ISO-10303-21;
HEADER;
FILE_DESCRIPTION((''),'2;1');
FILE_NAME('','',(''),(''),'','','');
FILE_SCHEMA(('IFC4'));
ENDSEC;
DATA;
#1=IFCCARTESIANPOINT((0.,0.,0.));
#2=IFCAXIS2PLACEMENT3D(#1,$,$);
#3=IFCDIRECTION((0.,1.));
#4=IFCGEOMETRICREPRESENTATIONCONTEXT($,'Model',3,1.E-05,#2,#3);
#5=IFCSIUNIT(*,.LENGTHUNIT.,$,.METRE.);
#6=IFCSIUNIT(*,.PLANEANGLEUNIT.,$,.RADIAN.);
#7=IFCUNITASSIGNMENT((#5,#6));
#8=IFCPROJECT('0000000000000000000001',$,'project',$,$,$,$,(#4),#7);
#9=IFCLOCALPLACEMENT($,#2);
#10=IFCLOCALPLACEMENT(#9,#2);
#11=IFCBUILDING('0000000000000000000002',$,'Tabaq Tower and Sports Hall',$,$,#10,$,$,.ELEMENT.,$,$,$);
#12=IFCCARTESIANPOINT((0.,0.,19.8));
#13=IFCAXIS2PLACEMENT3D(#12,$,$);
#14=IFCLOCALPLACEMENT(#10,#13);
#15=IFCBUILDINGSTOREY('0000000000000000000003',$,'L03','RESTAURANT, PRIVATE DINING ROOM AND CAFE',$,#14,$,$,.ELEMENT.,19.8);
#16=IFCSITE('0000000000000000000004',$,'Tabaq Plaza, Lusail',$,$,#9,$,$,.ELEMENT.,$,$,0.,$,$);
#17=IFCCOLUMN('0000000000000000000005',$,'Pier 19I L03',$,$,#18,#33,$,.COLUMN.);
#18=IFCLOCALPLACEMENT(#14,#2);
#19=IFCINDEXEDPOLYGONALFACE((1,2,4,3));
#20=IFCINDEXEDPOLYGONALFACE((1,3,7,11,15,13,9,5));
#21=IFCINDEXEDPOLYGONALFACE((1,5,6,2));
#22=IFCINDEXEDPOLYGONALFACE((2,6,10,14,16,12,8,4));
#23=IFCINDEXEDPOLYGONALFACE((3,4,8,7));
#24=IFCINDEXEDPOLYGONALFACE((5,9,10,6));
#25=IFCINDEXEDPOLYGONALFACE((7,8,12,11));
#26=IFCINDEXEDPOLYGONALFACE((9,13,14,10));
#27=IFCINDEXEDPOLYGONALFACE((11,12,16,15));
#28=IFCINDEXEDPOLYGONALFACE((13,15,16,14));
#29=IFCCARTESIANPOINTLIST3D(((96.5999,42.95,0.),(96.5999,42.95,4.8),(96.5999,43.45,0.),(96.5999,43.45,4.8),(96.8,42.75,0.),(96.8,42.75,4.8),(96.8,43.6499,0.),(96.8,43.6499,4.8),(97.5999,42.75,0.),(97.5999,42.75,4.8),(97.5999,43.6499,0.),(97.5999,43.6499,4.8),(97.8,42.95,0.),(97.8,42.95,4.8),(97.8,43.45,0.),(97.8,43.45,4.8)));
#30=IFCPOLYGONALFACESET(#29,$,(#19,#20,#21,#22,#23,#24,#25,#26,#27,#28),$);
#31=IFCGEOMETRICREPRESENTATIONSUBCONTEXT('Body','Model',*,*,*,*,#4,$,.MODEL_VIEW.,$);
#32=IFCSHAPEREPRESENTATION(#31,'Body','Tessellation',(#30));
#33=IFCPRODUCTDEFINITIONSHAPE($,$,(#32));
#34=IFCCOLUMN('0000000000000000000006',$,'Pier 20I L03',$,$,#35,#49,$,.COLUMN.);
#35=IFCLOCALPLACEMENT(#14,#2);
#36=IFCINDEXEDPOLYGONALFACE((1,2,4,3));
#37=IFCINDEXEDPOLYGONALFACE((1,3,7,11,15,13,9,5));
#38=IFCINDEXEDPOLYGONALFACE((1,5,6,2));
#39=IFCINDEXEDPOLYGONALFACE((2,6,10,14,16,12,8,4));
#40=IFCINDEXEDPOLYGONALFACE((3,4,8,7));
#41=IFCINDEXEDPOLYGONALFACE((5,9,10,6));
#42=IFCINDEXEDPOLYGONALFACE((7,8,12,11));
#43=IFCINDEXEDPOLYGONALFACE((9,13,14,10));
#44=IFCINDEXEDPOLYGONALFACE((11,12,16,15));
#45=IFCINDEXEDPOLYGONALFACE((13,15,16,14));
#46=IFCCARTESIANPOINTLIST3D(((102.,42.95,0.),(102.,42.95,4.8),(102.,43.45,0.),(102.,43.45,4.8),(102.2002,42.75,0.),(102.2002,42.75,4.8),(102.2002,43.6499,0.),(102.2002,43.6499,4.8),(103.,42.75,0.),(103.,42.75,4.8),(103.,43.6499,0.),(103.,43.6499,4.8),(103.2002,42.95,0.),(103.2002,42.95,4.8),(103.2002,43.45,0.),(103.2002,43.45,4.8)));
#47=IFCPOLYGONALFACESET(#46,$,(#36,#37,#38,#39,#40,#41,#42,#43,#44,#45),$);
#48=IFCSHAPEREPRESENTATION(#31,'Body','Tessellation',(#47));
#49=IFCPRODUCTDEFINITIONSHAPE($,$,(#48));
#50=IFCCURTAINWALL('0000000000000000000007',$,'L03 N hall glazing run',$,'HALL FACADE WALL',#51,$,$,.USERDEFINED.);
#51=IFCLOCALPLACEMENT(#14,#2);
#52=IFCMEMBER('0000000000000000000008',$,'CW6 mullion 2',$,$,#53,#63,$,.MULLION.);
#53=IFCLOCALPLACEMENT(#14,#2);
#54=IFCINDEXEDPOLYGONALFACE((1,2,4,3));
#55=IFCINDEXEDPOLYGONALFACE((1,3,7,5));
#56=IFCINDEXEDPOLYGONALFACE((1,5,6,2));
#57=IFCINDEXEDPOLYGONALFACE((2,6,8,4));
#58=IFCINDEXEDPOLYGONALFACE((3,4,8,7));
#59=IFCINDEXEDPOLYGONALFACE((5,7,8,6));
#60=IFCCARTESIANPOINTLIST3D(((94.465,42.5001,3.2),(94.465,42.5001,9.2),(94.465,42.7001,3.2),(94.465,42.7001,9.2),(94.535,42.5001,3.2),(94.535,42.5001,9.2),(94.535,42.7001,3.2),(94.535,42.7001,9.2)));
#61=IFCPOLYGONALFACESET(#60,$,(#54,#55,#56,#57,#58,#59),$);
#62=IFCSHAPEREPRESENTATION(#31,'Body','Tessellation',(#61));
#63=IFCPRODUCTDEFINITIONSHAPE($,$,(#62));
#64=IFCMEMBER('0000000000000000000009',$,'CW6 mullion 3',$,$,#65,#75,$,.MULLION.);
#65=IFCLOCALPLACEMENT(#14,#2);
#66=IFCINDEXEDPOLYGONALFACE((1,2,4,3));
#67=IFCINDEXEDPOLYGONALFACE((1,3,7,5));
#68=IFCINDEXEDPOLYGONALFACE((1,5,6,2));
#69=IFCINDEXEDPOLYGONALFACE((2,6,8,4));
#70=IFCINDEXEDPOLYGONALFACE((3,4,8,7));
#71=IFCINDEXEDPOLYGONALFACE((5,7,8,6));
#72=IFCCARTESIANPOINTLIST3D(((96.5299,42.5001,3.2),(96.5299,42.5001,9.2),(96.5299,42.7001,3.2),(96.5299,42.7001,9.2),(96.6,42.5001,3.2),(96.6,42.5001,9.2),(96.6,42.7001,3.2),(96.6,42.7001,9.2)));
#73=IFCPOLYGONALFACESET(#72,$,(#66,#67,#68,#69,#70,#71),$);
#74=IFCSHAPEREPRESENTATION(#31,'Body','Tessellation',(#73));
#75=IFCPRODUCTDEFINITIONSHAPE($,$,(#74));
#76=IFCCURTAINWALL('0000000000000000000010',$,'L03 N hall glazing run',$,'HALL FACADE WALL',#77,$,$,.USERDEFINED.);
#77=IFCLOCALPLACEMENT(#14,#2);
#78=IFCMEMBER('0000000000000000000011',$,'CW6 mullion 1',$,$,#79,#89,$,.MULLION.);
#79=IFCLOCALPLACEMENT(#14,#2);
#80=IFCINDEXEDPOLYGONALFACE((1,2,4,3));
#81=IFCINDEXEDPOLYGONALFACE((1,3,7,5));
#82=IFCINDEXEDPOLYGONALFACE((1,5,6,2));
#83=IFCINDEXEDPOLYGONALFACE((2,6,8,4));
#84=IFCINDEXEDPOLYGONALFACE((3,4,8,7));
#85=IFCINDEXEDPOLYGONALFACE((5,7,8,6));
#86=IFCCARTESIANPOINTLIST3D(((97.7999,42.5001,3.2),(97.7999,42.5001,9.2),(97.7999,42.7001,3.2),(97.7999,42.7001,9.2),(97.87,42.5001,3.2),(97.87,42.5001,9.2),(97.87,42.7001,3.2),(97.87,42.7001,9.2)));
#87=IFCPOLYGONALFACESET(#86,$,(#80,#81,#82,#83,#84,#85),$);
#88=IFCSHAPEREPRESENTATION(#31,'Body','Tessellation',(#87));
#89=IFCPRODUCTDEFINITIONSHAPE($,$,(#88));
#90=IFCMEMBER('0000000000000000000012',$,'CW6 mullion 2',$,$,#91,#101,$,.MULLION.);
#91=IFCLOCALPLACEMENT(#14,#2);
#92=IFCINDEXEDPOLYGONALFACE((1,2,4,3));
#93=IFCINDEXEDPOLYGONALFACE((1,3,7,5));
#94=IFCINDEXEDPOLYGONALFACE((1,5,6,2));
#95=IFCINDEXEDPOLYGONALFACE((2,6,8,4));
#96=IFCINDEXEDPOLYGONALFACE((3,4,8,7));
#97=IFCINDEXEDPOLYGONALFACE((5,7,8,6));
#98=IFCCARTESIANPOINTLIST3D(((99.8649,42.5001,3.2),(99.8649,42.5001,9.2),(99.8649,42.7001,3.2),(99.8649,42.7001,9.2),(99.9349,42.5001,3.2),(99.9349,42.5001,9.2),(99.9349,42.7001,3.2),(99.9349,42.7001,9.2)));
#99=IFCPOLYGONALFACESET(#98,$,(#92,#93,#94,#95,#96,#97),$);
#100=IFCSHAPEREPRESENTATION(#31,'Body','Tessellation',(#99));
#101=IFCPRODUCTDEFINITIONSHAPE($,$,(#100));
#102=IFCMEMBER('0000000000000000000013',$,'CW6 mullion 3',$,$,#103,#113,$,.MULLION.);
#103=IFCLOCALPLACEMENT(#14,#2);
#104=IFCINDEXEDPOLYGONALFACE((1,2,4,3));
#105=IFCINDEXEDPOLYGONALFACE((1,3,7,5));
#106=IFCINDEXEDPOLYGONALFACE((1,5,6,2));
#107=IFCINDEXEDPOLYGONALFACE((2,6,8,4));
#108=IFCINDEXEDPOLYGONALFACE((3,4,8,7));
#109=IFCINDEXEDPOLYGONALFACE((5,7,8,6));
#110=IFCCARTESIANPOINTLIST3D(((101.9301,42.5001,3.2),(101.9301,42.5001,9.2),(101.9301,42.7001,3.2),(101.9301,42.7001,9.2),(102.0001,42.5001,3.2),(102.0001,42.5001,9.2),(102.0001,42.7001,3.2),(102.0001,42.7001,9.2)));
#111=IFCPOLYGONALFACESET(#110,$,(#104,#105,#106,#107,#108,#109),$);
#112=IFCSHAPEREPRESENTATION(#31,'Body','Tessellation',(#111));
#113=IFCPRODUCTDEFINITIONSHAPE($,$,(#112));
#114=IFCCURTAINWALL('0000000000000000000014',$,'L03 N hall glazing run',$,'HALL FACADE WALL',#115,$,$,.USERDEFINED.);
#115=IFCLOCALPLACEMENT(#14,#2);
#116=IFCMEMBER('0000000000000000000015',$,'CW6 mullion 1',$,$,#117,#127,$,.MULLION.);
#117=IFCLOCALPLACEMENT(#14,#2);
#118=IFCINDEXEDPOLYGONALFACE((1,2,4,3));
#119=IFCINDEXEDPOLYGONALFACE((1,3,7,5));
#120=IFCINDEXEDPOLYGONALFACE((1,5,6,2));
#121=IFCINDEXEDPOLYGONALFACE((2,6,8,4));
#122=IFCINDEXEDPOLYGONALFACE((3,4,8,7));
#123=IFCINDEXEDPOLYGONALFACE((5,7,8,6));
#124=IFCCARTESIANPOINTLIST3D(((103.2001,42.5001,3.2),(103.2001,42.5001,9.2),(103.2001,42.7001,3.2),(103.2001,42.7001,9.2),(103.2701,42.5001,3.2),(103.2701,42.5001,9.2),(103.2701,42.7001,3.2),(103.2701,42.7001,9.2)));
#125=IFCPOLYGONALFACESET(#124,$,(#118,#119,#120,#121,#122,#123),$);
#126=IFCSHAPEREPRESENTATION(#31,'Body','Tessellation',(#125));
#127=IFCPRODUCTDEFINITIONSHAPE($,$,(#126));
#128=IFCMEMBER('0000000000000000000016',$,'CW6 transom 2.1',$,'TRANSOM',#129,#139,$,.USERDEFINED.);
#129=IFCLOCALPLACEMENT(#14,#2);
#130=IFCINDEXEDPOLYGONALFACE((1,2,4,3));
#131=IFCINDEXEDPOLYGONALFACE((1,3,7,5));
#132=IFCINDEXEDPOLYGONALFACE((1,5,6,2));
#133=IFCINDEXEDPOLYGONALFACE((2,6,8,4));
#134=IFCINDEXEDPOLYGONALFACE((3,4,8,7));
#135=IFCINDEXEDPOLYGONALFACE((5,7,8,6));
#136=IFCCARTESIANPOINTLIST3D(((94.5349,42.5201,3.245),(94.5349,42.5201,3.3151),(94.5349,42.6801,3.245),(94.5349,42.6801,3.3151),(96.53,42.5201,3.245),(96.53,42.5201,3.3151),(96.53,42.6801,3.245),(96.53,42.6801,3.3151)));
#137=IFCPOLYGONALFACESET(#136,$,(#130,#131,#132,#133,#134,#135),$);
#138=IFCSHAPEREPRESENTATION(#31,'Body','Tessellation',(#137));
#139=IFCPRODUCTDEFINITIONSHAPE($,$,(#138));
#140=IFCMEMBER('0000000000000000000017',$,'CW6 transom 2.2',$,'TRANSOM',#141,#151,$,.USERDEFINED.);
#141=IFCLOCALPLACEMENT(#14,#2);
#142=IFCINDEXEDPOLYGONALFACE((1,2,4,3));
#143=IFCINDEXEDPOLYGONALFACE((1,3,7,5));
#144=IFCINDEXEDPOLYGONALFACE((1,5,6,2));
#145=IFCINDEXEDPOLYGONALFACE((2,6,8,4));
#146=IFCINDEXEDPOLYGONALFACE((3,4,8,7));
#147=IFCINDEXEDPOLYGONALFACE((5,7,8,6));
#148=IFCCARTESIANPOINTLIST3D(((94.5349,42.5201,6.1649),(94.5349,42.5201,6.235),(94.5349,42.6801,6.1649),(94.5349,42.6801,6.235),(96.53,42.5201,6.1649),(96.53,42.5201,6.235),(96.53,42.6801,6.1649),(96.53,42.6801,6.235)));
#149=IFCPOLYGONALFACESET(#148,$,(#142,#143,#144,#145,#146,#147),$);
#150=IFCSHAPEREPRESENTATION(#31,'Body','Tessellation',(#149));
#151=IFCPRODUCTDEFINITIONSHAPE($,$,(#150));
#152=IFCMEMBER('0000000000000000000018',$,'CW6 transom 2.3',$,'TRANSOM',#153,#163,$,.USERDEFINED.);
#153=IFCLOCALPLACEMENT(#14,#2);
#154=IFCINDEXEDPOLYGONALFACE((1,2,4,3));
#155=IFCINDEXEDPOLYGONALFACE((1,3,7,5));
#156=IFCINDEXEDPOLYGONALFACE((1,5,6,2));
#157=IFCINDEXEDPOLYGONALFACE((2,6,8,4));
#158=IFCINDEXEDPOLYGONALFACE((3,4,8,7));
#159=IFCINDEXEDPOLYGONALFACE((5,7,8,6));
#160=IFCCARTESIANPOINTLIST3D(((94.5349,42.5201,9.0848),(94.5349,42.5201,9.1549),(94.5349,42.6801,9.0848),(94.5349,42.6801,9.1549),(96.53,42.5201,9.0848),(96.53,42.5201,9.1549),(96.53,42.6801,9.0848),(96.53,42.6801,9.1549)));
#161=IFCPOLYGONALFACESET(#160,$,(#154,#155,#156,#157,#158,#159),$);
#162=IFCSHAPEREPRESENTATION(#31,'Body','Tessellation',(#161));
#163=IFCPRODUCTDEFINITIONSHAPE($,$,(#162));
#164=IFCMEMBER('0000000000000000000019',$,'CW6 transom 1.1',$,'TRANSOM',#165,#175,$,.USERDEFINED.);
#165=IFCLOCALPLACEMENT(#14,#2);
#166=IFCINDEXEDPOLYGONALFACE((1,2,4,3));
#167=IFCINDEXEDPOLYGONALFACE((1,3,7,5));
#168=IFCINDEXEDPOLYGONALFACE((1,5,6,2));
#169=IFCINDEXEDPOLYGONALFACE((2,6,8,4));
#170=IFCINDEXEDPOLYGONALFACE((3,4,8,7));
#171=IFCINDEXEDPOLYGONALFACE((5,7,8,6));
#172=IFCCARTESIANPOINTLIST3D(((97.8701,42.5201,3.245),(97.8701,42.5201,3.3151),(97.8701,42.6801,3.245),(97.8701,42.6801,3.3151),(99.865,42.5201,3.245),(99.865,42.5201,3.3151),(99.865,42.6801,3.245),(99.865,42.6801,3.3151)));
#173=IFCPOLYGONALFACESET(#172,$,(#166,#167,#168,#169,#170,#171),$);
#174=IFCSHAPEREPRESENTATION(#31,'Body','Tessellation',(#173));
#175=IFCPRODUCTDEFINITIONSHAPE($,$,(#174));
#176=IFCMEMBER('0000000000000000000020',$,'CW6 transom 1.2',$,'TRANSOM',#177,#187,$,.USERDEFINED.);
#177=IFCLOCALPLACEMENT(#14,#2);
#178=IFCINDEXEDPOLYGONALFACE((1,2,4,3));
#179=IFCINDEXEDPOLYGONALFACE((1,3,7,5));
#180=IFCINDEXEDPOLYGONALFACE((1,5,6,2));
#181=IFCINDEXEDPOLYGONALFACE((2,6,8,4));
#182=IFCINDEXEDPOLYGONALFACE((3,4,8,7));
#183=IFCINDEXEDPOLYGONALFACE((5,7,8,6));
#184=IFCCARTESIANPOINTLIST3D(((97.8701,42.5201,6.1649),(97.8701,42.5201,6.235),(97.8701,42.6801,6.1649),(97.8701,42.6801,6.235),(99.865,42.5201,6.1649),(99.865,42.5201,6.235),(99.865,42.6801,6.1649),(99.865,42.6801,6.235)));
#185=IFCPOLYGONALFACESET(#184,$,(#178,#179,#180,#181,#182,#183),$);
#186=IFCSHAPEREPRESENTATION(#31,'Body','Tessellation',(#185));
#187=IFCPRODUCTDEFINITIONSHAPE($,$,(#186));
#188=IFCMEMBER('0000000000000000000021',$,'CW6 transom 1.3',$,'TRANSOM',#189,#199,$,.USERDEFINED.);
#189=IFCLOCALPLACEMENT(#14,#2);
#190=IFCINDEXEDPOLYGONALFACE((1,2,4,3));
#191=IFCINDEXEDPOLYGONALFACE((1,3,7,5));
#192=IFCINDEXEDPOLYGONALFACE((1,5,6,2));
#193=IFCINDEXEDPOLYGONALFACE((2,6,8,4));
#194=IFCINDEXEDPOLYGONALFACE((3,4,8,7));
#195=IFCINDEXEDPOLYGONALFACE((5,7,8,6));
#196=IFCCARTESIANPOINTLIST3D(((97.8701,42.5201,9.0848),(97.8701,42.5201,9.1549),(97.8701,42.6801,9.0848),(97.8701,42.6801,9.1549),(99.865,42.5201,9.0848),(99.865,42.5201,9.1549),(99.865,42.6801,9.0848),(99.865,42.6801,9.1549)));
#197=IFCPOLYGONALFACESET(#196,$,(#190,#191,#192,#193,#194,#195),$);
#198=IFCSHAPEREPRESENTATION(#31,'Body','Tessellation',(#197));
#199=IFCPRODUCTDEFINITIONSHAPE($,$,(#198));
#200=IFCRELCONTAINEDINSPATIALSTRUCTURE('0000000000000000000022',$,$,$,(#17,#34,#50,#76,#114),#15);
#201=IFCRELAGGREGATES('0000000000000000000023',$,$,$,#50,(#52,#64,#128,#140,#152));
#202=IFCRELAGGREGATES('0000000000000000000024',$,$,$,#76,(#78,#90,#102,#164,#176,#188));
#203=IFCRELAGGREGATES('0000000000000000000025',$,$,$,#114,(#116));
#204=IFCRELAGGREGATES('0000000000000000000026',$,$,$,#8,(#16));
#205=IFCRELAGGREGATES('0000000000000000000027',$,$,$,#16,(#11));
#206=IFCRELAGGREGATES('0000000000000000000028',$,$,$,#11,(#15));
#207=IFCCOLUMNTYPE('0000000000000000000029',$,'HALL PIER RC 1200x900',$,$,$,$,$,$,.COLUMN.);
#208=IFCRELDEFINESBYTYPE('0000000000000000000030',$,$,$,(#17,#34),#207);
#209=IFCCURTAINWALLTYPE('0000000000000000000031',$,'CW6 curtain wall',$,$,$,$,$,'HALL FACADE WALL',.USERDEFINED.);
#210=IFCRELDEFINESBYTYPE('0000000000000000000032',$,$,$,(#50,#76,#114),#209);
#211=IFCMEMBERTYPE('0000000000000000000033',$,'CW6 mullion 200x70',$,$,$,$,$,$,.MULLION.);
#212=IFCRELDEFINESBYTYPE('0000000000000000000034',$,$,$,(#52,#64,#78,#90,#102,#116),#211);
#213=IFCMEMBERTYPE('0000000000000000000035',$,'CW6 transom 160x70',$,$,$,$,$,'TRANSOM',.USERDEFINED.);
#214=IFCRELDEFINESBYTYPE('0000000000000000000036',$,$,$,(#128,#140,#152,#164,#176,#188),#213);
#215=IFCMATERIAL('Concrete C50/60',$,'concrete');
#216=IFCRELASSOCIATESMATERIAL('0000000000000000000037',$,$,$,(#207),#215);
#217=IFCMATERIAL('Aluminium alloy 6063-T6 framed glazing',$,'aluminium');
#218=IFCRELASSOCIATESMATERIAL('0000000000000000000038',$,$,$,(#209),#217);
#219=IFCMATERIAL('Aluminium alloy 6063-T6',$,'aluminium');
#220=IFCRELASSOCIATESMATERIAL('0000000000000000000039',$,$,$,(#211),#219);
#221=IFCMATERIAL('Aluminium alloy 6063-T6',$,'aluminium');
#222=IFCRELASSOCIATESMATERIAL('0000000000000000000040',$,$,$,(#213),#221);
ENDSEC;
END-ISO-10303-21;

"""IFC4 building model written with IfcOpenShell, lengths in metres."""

from ifc_helpers import new_model, si_unit, direction, frame, origin, origin_2d, place, context, subcontext, project, spatial, polyline, rectangle, outline, extrude, material, material_profile, profile_set, type_object, element, aggregate, save


model = new_model("IFC4")

# Units and contexts
model_context = context("Model", 3, precision=1e-05, world=origin(), true_north=direction((0.0, 1.0)))
body_context = subcontext(model_context, "Body", "Model", "MODEL_VIEW")
ifc_project = project(units=[si_unit("LENGTHUNIT", "METRE"), si_unit("PLANEANGLEUNIT", "RADIAN")], contexts=[model_context])

# Site, building, storey
site_placement = place(None, origin())
site = spatial("IfcSite", under=ifc_project, at=site_placement, Name="Tabaq Plaza, Lusail", CompositionType="ELEMENT", RefElevation=0.0)
building_placement = place(site_placement, origin())
building = spatial("IfcBuilding", under=site, at=building_placement, Name="Tabaq Tower and Sports Hall", CompositionType="ELEMENT")
storey_placement = place(building_placement, frame((0.0, 0.0, 19.8)))
storey = spatial("IfcBuildingStorey", under=building, at=storey_placement, Name="L03", Description="RESTAURANT, PRIVATE DINING ROOM AND CAFE", CompositionType="ELEMENT", Elevation=19.8)

# Columns
ifc_material_1 = material(Name="Concrete C50/60", Category="concrete")
ifc_material_profile_1 = material_profile(ifc_material_1, outline(polyline([(-0.3999, -0.45), (0.3999, -0.45), (0.6001, -0.25), (0.6001, 0.25), (0.3999, 0.45), (-0.3999, 0.45), (-0.6001, 0.25), (-0.6001, -0.25), (-0.3999, -0.45)])), Name="PIER 1200x900")
ifc_profile_set_1 = profile_set([ifc_material_profile_1], Name="Concrete C50/60")
column_type = type_object("IfcColumnType", Name="HALL PIER RC 1200x900", PredefinedType="COLUMN", material=ifc_profile_set_1)
for number, where, z_axis, x_axis, name in (
    (1, (97.2, 43.2, 0.0), (0.0, 0.0, 1.0), (1.0, 0.0, 0.0), "Pier 19I L03"),
    (2, (102.6001, 43.2, 0.0), (0.0, 0.0, 1.0), (1.0, 0.0, 0.0), "Pier 20I L03"),
):
    element("IfcColumn", number, at=place(storey_placement, frame(where, z_axis=z_axis, x_axis=x_axis)), inside=storey, type_object=column_type, Name=name, PredefinedType="COLUMN", context=body_context, shape_type="SweptSolid", body=[
        extrude(outline(polyline([(-0.3999, -0.45), (0.3999, -0.45), (0.6001, -0.25), (0.6001, 0.25), (0.3999, 0.45), (-0.3999, 0.45), (-0.6001, 0.25), (-0.6001, -0.25), (-0.3999, -0.45)])), origin(), (0.0, 0.0, 1.0), 4.8),
    ])

# Curtain walls, members
ifc_material_2 = material(Name="Aluminium alloy 6063-T6 framed glazing", Category="aluminium")
curtain_wall_type = type_object("IfcCurtainWallType", Name="CW6 curtain wall", ElementType="HALL FACADE WALL", PredefinedType="USERDEFINED", material=ifc_material_2)
curtain_wall_1_placement = place(storey_placement, origin())
curtain_wall_1 = element("IfcCurtainWall", 3, at=curtain_wall_1_placement, inside=storey, type_object=curtain_wall_type, Name="L03 N hall glazing run", ObjectType="HALL FACADE WALL", PredefinedType="USERDEFINED")
ifc_material_3 = material(Name="Aluminium alloy 6063-T6", Category="aluminium")
ifc_material_profile_2 = material_profile(ifc_material_3, rectangle(XDim=0.2, YDim=0.0701, at=origin_2d()), Name="MULLION 200x70")
ifc_profile_set_2 = profile_set([ifc_material_profile_2], Name="Aluminium alloy 6063-T6")
member_type_1 = type_object("IfcMemberType", Name="CW6 mullion 200x70", PredefinedType="MULLION", material=ifc_profile_set_2)
member_1_placement = place(storey_placement, frame((94.5, 42.6001, 3.2), z_axis=(0.0, 0.0, 1.0), x_axis=(0.0, 1.0, 0.0)))
member_1 = element("IfcMember", 4, at=member_1_placement, type_object=member_type_1, Name="CW6 mullion 2", PredefinedType="MULLION", context=body_context, shape_type="SweptSolid", body=[
    extrude(rectangle(XDim=0.2, YDim=0.0701, at=origin_2d()), origin(), (0.0, 0.0, 1.0), 6.0),
])
member_2_placement = place(storey_placement, frame((96.5649, 42.6001, 3.2), z_axis=(0.0, 0.0, 1.0), x_axis=(0.0, 1.0, 0.0)))
member_2 = element("IfcMember", 5, at=member_2_placement, type_object=member_type_1, Name="CW6 mullion 3", PredefinedType="MULLION", context=body_context, shape_type="SweptSolid", body=[
    extrude(rectangle(XDim=0.2, YDim=0.0701, at=origin_2d()), origin(), (0.0, 0.0, 1.0), 6.0),
])
curtain_wall_2_placement = place(storey_placement, origin())
curtain_wall_2 = element("IfcCurtainWall", 6, at=curtain_wall_2_placement, inside=storey, type_object=curtain_wall_type, Name="L03 N hall glazing run", ObjectType="HALL FACADE WALL", PredefinedType="USERDEFINED")
member_3_placement = place(storey_placement, frame((97.835, 42.6001, 3.2), z_axis=(0.0, 0.0, 1.0), x_axis=(0.0, 1.0, 0.0)))
member_3 = element("IfcMember", 7, at=member_3_placement, type_object=member_type_1, Name="CW6 mullion 1", PredefinedType="MULLION", context=body_context, shape_type="SweptSolid", body=[
    extrude(rectangle(XDim=0.2, YDim=0.0701, at=origin_2d()), origin(), (0.0, 0.0, 1.0), 6.0),
])
member_4_placement = place(storey_placement, frame((99.8999, 42.6001, 3.2), z_axis=(0.0, 0.0, 1.0), x_axis=(0.0, 1.0, 0.0)))
member_4 = element("IfcMember", 8, at=member_4_placement, type_object=member_type_1, Name="CW6 mullion 2", PredefinedType="MULLION", context=body_context, shape_type="SweptSolid", body=[
    extrude(rectangle(XDim=0.2, YDim=0.0701, at=origin_2d()), origin(), (0.0, 0.0, 1.0), 6.0),
])
member_5_placement = place(storey_placement, frame((101.9651, 42.6001, 3.2), z_axis=(0.0, 0.0, 1.0), x_axis=(0.0, 1.0, 0.0)))
member_5 = element("IfcMember", 9, at=member_5_placement, type_object=member_type_1, Name="CW6 mullion 3", PredefinedType="MULLION", context=body_context, shape_type="SweptSolid", body=[
    extrude(rectangle(XDim=0.2, YDim=0.0701, at=origin_2d()), origin(), (0.0, 0.0, 1.0), 6.0),
])

# Curtain wall, member
curtain_wall_3_placement = place(storey_placement, origin())
curtain_wall_3 = element("IfcCurtainWall", 10, at=curtain_wall_3_placement, inside=storey, type_object=curtain_wall_type, Name="L03 N hall glazing run", ObjectType="HALL FACADE WALL", PredefinedType="USERDEFINED")
member_6_placement = place(storey_placement, frame((103.2351, 42.6001, 3.2), z_axis=(0.0, 0.0, 1.0), x_axis=(0.0, 1.0, 0.0)))
member_6 = element("IfcMember", 11, at=member_6_placement, type_object=member_type_1, Name="CW6 mullion 1", PredefinedType="MULLION", context=body_context, shape_type="SweptSolid", body=[
    extrude(rectangle(XDim=0.2, YDim=0.0701, at=origin_2d()), origin(), (0.0, 0.0, 1.0), 6.0),
])

# Members
ifc_material_4 = material(Name="Aluminium alloy 6063-T6", Category="aluminium")
ifc_material_profile_3 = material_profile(ifc_material_4, rectangle(XDim=0.1599, YDim=0.0701, at=origin_2d()), Name="TRANSOM 160x70")
ifc_profile_set_3 = profile_set([ifc_material_profile_3], Name="Aluminium alloy 6063-T6")
member_type_2 = type_object("IfcMemberType", Name="CW6 transom 160x70", ElementType="TRANSOM", PredefinedType="USERDEFINED", material=ifc_profile_set_3)
member_7_placement = place(storey_placement, frame((94.5349, 42.6001, 3.28), z_axis=(1.0, 0.0, 0.0), x_axis=(0.0, 1.0, 0.0)))
member_7 = element("IfcMember", 12, at=member_7_placement, type_object=member_type_2, Name="CW6 transom 2.1", ObjectType="TRANSOM", PredefinedType="USERDEFINED", context=body_context, shape_type="SweptSolid", body=[
    extrude(rectangle(XDim=0.1599, YDim=0.0701, at=origin_2d()), origin(), (0.0, 0.0, 1.0), 1.9951),
])
member_8_placement = place(storey_placement, frame((94.5349, 42.6001, 6.2), z_axis=(1.0, 0.0, 0.0), x_axis=(0.0, 1.0, 0.0)))
member_8 = element("IfcMember", 13, at=member_8_placement, type_object=member_type_2, Name="CW6 transom 2.2", ObjectType="TRANSOM", PredefinedType="USERDEFINED", context=body_context, shape_type="SweptSolid", body=[
    extrude(rectangle(XDim=0.1599, YDim=0.0701, at=origin_2d()), origin(), (0.0, 0.0, 1.0), 1.9951),
])
member_9_placement = place(storey_placement, frame((94.5349, 42.6001, 9.1199), z_axis=(1.0, 0.0, 0.0), x_axis=(0.0, 1.0, 0.0)))
member_9 = element("IfcMember", 14, at=member_9_placement, type_object=member_type_2, Name="CW6 transom 2.3", ObjectType="TRANSOM", PredefinedType="USERDEFINED", context=body_context, shape_type="SweptSolid", body=[
    extrude(rectangle(XDim=0.1599, YDim=0.0701, at=origin_2d()), origin(), (0.0, 0.0, 1.0), 1.9951),
])
member_10_placement = place(storey_placement, frame((97.8701, 42.6001, 3.28), z_axis=(1.0, 0.0, 0.0), x_axis=(0.0, 1.0, 0.0)))
member_10 = element("IfcMember", 15, at=member_10_placement, type_object=member_type_2, Name="CW6 transom 1.1", ObjectType="TRANSOM", PredefinedType="USERDEFINED", context=body_context, shape_type="SweptSolid", body=[
    extrude(rectangle(XDim=0.1599, YDim=0.0701, at=origin_2d()), origin(), (0.0, 0.0, 1.0), 1.9949),
])
member_11_placement = place(storey_placement, frame((97.8701, 42.6001, 6.2), z_axis=(1.0, 0.0, 0.0), x_axis=(0.0, 1.0, 0.0)))
member_11 = element("IfcMember", 16, at=member_11_placement, type_object=member_type_2, Name="CW6 transom 1.2", ObjectType="TRANSOM", PredefinedType="USERDEFINED", context=body_context, shape_type="SweptSolid", body=[
    extrude(rectangle(XDim=0.1599, YDim=0.0701, at=origin_2d()), origin(), (0.0, 0.0, 1.0), 1.9949),
])
member_12_placement = place(storey_placement, frame((97.8701, 42.6001, 9.1199), z_axis=(1.0, 0.0, 0.0), x_axis=(0.0, 1.0, 0.0)))
member_12 = element("IfcMember", 17, at=member_12_placement, type_object=member_type_2, Name="CW6 transom 1.3", ObjectType="TRANSOM", PredefinedType="USERDEFINED", context=body_context, shape_type="SweptSolid", body=[
    extrude(rectangle(XDim=0.1599, YDim=0.0701, at=origin_2d()), origin(), (0.0, 0.0, 1.0), 1.9949),
])

aggregate(curtain_wall_1, [member_1, member_2, member_7, member_8, member_9])
aggregate(curtain_wall_2, [member_3, member_4, member_5, member_10, member_11, member_12])
aggregate(curtain_wall_3, [member_6])

save(model, "model.ifc")
